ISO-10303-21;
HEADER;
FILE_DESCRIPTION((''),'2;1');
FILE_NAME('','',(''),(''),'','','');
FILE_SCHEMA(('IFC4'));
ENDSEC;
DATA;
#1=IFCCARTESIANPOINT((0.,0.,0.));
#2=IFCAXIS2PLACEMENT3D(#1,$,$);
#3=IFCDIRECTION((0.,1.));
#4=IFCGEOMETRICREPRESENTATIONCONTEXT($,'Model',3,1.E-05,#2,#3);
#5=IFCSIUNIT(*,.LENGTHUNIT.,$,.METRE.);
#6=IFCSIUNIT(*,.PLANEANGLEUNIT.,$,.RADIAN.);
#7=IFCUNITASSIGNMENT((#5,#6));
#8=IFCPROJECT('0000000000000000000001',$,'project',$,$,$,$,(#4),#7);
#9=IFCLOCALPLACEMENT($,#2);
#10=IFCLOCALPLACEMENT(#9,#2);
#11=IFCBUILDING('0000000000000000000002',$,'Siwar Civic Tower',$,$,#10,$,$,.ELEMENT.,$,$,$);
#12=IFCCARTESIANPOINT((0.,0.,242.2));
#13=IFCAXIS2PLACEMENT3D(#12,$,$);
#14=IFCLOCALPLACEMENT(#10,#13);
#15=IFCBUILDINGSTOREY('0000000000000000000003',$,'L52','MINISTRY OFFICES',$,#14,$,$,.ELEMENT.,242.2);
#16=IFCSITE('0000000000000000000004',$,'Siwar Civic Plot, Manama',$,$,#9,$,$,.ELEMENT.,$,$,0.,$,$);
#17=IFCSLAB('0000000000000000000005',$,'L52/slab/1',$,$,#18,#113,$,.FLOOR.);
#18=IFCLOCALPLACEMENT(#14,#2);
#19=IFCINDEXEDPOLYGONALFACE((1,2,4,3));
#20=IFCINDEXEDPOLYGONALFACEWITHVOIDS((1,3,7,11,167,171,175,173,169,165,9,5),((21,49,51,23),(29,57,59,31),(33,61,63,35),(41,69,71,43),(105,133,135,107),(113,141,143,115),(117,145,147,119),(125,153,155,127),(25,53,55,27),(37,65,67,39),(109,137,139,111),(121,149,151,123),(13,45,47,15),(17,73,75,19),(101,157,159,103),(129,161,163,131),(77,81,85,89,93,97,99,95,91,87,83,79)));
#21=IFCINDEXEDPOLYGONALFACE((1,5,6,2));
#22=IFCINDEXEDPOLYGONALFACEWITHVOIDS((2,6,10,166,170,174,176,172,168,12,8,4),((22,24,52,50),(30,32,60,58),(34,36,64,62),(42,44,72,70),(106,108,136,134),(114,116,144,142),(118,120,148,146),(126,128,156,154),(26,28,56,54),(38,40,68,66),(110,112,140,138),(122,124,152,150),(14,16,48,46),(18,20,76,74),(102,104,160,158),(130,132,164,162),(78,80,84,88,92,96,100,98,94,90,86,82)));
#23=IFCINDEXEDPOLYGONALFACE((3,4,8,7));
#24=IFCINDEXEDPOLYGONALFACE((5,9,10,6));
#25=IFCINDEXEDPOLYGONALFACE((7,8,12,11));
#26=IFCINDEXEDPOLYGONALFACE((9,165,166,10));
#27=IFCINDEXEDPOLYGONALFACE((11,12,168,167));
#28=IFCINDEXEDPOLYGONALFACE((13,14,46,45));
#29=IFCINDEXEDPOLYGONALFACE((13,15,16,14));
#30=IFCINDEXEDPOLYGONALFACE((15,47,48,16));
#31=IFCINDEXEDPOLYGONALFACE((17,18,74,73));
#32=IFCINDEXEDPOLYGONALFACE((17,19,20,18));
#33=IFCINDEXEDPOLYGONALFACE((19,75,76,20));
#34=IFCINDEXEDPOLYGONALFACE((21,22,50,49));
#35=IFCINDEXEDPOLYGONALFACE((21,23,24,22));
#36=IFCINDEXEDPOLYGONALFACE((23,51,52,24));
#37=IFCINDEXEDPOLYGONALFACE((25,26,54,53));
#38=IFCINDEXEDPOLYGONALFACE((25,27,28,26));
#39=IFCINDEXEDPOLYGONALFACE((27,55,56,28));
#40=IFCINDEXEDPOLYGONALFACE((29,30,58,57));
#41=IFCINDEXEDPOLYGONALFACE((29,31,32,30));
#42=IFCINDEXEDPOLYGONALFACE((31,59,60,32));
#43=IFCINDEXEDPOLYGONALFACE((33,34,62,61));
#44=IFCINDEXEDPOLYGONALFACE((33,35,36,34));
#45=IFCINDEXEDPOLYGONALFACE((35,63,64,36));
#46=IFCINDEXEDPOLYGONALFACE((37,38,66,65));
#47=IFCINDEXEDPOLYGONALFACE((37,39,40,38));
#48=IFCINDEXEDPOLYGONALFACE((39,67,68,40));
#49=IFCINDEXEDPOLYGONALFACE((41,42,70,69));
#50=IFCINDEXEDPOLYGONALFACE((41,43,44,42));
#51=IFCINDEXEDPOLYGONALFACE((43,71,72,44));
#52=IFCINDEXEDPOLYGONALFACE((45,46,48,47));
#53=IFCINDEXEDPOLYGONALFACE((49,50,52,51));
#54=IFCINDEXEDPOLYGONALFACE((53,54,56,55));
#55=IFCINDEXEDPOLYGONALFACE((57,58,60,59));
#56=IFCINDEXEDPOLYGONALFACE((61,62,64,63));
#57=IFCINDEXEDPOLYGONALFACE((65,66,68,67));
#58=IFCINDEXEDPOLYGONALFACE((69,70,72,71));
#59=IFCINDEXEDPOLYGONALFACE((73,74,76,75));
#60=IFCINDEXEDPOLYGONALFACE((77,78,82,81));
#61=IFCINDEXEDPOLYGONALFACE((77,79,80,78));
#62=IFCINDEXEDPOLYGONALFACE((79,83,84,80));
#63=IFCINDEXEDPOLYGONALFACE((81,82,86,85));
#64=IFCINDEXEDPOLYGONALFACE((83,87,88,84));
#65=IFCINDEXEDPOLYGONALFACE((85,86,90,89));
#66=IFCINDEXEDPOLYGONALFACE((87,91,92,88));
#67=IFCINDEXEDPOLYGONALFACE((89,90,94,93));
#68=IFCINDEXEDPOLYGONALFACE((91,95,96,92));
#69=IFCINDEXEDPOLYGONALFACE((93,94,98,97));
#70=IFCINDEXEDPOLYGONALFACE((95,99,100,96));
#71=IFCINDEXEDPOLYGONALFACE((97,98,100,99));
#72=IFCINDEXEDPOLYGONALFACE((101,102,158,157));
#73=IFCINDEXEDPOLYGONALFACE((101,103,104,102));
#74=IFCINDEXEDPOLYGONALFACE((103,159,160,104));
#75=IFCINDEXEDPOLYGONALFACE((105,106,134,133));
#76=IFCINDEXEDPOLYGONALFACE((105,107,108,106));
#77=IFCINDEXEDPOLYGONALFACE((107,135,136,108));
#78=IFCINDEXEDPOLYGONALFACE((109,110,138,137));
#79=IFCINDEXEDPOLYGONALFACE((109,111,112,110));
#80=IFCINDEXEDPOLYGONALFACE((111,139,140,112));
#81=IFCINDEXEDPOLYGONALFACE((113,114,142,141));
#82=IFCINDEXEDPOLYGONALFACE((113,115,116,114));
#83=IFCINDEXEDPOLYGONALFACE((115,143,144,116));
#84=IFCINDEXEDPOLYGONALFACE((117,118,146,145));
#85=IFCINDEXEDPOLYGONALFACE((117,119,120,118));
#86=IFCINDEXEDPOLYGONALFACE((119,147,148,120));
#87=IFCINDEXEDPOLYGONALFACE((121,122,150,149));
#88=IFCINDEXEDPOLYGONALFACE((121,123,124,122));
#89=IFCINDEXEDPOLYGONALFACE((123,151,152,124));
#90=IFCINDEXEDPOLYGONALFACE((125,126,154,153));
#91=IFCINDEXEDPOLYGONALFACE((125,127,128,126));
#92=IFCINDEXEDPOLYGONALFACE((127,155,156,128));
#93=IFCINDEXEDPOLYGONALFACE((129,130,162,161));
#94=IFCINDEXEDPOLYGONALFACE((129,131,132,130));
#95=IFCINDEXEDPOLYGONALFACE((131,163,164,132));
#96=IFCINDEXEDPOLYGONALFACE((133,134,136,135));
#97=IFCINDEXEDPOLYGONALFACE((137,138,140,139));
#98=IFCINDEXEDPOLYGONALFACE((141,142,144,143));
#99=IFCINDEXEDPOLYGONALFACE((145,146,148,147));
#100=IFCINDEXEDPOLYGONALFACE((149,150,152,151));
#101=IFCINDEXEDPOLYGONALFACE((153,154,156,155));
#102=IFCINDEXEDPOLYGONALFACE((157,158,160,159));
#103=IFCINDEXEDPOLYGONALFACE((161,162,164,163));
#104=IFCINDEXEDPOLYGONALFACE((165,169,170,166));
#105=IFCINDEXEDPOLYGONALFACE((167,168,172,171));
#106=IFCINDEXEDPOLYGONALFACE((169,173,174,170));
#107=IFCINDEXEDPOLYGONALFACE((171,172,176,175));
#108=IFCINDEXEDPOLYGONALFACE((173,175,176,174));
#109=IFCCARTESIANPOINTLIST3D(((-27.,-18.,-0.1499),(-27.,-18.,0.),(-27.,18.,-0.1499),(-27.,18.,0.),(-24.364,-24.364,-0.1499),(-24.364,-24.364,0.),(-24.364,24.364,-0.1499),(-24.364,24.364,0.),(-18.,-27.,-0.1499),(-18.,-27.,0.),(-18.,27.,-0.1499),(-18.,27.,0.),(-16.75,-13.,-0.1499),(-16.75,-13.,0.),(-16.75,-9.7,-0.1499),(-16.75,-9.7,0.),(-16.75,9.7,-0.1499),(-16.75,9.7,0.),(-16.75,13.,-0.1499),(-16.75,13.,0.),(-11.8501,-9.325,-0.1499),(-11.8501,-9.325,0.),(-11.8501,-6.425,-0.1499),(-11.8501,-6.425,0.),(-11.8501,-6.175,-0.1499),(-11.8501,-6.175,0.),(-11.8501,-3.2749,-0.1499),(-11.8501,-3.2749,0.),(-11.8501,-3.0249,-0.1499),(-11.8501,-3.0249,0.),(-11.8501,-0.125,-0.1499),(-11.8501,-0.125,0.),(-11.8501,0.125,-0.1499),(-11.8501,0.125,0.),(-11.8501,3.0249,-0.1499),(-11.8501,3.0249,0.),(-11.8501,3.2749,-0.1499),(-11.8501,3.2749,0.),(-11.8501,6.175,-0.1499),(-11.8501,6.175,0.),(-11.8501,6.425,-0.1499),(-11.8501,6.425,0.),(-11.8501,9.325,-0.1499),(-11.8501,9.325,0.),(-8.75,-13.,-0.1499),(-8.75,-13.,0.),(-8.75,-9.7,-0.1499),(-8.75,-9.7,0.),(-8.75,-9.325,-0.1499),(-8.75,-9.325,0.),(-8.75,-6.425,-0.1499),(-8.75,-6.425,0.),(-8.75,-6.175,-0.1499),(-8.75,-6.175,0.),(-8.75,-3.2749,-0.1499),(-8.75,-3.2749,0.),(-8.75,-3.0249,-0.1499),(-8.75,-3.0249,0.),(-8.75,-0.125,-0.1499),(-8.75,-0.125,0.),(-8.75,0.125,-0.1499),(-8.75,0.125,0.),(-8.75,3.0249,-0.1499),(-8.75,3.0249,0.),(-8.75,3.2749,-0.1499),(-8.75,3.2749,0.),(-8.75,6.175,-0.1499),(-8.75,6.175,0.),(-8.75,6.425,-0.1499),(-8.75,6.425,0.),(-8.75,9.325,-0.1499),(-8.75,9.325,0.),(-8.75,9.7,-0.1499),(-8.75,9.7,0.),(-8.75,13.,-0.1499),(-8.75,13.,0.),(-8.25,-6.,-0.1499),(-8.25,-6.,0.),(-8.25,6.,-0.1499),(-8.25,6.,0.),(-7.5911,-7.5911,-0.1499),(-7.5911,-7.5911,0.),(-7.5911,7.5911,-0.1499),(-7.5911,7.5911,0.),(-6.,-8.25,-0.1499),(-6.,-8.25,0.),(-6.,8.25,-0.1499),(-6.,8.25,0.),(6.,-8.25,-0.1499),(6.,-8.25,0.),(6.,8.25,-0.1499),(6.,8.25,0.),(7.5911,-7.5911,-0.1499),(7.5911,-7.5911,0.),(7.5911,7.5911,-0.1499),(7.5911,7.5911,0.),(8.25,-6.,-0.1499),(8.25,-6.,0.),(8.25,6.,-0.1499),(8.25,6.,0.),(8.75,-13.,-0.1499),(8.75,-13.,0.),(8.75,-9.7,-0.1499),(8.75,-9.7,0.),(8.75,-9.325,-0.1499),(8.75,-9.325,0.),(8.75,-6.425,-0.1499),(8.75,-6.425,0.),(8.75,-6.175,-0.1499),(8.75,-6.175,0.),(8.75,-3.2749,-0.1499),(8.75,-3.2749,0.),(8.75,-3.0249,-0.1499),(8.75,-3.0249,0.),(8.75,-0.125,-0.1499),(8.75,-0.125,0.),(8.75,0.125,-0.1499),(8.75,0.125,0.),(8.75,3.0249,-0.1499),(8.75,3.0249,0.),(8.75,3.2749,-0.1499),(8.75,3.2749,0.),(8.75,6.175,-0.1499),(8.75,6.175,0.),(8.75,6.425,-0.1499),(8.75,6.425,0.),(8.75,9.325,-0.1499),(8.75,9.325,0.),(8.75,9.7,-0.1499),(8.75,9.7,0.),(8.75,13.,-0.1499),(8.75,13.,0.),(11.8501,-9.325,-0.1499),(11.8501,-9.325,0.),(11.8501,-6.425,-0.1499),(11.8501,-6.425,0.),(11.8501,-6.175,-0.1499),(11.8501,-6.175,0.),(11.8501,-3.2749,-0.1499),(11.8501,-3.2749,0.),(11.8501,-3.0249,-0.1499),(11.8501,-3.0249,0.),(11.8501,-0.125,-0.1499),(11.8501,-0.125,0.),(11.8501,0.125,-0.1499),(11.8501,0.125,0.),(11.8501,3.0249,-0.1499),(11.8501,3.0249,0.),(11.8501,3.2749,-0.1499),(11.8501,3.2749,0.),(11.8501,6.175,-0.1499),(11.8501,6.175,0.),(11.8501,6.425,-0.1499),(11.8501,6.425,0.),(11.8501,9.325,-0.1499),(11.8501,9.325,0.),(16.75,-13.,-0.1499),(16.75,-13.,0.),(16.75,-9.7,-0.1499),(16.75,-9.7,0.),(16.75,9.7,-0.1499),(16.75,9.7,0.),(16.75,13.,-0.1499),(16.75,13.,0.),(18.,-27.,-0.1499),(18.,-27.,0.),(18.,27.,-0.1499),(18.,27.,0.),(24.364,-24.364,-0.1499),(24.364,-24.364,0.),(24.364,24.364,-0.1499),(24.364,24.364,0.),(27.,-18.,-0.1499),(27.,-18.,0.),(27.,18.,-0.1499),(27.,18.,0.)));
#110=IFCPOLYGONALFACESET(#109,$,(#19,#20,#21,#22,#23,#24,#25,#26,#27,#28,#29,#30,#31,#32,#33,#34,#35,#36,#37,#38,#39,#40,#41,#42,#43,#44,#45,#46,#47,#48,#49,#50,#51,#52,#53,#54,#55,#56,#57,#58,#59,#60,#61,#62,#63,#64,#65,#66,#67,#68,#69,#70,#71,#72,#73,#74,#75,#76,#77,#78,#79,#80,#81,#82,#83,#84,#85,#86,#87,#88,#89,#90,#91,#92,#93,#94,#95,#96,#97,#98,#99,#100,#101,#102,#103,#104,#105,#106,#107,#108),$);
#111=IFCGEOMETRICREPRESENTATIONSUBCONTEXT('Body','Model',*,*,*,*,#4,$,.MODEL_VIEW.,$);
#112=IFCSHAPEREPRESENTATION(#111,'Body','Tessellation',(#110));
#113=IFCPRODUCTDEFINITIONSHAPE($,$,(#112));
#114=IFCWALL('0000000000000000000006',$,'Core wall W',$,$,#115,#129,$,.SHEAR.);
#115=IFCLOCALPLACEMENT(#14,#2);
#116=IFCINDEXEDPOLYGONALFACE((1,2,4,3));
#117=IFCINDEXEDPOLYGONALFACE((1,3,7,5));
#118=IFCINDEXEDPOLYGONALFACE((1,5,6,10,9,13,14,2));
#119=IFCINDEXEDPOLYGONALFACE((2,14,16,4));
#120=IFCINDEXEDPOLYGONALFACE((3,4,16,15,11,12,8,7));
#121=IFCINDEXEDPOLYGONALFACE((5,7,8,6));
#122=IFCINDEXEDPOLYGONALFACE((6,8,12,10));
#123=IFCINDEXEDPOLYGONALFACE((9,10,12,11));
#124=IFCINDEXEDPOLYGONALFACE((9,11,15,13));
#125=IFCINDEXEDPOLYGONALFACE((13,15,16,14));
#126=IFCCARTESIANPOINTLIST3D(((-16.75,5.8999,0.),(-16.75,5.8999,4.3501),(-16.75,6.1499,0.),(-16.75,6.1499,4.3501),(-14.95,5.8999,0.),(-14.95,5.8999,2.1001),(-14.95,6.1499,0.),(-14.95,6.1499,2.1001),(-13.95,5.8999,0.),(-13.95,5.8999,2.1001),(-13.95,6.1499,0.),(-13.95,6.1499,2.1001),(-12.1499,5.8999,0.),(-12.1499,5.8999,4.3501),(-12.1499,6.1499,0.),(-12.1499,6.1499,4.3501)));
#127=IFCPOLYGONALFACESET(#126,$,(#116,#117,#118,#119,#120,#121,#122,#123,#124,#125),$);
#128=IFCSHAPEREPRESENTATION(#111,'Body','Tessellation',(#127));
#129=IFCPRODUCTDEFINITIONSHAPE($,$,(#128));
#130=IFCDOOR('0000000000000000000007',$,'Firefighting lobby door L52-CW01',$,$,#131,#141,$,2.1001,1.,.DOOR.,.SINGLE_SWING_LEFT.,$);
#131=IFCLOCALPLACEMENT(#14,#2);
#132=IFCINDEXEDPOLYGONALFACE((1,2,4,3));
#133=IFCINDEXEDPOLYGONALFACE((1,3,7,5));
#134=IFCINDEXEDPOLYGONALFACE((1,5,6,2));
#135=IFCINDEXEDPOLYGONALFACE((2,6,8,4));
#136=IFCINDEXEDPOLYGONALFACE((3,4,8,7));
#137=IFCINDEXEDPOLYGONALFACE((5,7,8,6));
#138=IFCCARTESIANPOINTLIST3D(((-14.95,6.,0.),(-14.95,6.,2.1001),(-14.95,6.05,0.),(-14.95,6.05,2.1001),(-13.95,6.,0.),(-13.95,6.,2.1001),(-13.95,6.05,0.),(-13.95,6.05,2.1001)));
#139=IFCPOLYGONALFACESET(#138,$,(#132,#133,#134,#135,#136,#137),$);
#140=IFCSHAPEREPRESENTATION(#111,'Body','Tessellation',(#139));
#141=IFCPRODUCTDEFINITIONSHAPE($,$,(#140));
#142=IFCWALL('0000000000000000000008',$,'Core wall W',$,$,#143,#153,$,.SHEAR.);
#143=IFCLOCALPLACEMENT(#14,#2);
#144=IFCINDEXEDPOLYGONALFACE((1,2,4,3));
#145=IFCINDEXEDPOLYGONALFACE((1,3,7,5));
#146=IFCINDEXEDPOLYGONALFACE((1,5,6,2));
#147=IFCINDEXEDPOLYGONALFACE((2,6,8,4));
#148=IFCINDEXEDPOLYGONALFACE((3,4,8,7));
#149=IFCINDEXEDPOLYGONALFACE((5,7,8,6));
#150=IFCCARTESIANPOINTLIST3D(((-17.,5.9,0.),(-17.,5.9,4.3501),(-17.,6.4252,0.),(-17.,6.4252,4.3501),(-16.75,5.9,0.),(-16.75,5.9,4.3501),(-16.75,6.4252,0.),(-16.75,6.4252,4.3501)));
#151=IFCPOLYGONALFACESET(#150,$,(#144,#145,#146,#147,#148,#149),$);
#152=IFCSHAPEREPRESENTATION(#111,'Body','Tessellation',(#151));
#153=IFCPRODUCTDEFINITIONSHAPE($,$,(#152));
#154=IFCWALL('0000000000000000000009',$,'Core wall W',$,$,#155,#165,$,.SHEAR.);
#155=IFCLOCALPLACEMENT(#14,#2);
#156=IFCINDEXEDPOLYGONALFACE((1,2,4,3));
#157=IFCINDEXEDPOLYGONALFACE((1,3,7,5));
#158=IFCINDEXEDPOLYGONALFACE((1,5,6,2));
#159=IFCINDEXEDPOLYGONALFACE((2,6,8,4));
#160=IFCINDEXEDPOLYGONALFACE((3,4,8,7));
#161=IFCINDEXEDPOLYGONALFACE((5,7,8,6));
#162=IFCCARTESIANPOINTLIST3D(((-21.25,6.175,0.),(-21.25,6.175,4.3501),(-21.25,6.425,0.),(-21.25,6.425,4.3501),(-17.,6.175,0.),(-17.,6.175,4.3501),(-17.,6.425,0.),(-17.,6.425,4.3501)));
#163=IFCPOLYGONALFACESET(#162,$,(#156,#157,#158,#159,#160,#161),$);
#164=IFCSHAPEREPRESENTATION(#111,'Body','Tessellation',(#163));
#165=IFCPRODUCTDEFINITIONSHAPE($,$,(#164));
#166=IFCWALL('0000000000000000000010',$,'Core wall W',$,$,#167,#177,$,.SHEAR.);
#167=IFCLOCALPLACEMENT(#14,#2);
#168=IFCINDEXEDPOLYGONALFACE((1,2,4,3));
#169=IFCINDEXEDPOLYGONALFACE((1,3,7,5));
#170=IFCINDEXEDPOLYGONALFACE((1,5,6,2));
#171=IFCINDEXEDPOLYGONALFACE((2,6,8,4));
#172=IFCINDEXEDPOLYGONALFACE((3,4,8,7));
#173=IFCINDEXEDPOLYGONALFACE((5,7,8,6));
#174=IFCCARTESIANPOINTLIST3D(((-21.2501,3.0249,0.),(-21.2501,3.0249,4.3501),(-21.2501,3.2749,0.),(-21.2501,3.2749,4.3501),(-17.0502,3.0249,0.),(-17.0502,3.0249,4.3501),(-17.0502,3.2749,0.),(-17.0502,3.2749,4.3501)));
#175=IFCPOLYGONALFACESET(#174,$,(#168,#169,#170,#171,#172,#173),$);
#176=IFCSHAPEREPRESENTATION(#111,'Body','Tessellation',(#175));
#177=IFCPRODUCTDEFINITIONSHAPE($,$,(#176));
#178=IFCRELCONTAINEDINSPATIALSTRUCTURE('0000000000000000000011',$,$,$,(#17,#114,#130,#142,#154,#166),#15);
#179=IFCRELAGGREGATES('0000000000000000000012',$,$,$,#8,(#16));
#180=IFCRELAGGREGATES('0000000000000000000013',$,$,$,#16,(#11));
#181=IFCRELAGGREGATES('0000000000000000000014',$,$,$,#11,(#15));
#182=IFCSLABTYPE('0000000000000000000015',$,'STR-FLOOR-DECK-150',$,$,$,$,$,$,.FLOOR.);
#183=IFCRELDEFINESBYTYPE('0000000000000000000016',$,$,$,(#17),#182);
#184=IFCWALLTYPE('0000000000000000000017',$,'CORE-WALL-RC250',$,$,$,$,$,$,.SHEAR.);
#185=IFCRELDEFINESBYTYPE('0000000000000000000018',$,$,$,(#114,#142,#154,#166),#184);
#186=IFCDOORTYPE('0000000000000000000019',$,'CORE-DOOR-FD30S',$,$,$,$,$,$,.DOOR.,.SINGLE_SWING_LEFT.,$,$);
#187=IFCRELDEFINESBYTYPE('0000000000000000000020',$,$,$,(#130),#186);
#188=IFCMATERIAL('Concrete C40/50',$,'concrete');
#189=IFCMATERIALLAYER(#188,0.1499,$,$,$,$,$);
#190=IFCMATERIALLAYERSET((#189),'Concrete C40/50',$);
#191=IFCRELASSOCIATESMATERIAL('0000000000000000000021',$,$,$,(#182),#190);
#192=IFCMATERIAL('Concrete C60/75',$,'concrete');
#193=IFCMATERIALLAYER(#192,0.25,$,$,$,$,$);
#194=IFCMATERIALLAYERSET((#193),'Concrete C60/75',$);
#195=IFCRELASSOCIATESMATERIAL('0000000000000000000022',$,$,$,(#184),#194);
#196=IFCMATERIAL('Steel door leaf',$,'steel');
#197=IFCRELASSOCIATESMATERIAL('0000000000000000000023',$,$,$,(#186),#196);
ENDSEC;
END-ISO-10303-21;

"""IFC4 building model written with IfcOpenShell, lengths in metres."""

from ifc_helpers import new_model, si_unit, direction, frame, frame_2d, origin, place, context, subcontext, project, spatial, polyline, rectangle, outline, extrude, material, layer, layer_set, type_object, element, fill, save


model = new_model("IFC4")

# Units and contexts
model_context = context("Model", 3, precision=1e-05, world=origin(), true_north=direction((0.0, 1.0)))
body_context = subcontext(model_context, "Body", "Model", "MODEL_VIEW")
ifc_project = project(units=[si_unit("LENGTHUNIT", "METRE"), si_unit("PLANEANGLEUNIT", "RADIAN")], contexts=[model_context])

# Site, building, storey
site_placement = place(None, origin())
site = spatial("IfcSite", under=ifc_project, at=site_placement, Name="Siwar Civic Plot, Manama", CompositionType="ELEMENT", RefElevation=0.0)
building_placement = place(site_placement, origin())
building = spatial("IfcBuilding", under=site, at=building_placement, Name="Siwar Civic Tower", CompositionType="ELEMENT")
storey_placement = place(building_placement, frame((0.0, 0.0, 242.2)))
storey = spatial("IfcBuildingStorey", under=building, at=storey_placement, Name="L52", Description="MINISTRY OFFICES", CompositionType="ELEMENT", Elevation=242.2)

# Slab
ifc_material_1 = material(Name="Concrete C40/50", Category="concrete")
ifc_layer_1 = layer(ifc_material_1, 0.1499)
ifc_layer_set_1 = layer_set([ifc_layer_1], Name="Concrete C40/50")
slab_type_1 = type_object("IfcSlabType", Name="STR-FLOOR-DECK-150", PredefinedType="FLOOR", material=ifc_layer_set_1)
slab_1_placement = place(storey_placement, frame((0.0, 0.0, -0.1499)))
element("IfcSlab", 1, at=slab_1_placement, inside=storey, type_object=slab_type_1, Name="L52/slab/1", PredefinedType="FLOOR", context=body_context, shape_type="SweptSolid", body=[
    extrude(outline(polyline([(-18.0, -27.0), (18.0, -27.0), (24.364, -24.364), (27.0, -18.0), (27.0, 18.0), (24.364, 24.364), (18.0, 27.0), (-18.0, 27.0), (-24.364, 24.364), (-27.0, 18.0), (-27.0, -18.0), (-24.364, -24.364), (-18.0, -27.0)]), holes=[polyline([(16.75, 13.0), (16.75, 9.7), (8.75, 9.7), (8.75, 13.0), (16.75, 13.0)]), polyline([(8.75, -9.7), (16.75, -9.7), (16.75, -13.0), (8.75, -13.0), (8.75, -9.7)]), polyline([(11.8501, 9.325), (11.8501, 6.425), (8.75, 6.425), (8.75, 9.325), (11.8501, 9.325)]), polyline([(8.75, 6.175), (11.8501, 6.175), (11.8501, 3.2749), (8.75, 3.2749), (8.75, 6.175)]), polyline([(8.75, 3.0249), (11.8501, 3.0249), (11.8501, 0.125), (8.75, 0.125), (8.75, 3.0249)]), polyline([(8.75, -0.125), (11.8501, -0.125), (11.8501, -3.0249), (8.75, -3.0249), (8.75, -0.125)]), polyline([(8.75, -3.2749), (11.8501, -3.2749), (11.8501, -6.175), (8.75, -6.175), (8.75, -3.2749)]), polyline([(8.75, -6.425), (11.8501, -6.425), (11.8501, -9.325), (8.75, -9.325), (8.75, -6.425)]), polyline([(-6.0, 8.25), (6.0, 8.25), (7.5911, 7.5911), (8.25, 6.0), (8.25, -6.0), (7.5911, -7.5911), (6.0, -8.25), (-6.0, -8.25), (-7.5911, -7.5911), (-8.25, -6.0), (-8.25, 6.0), (-7.5911, 7.5911), (-6.0, 8.25)]), polyline([(-8.75, -13.0), (-16.75, -13.0), (-16.75, -9.7), (-8.75, -9.7), (-8.75, -13.0)]), polyline([(-8.75, 9.7), (-16.75, 9.7), (-16.75, 13.0), (-8.75, 13.0), (-8.75, 9.7)]), polyline([(-8.75, 6.425), (-11.8501, 6.425), (-11.8501, 9.325), (-8.75, 9.325), (-8.75, 6.425)]), polyline([(-8.75, 3.2749), (-11.8501, 3.2749), (-11.8501, 6.175), (-8.75, 6.175), (-8.75, 3.2749)]), polyline([(-8.75, 0.125), (-11.8501, 0.125), (-11.8501, 3.0249), (-8.75, 3.0249), (-8.75, 0.125)]), polyline([(-8.75, -3.0249), (-11.8501, -3.0249), (-11.8501, -0.125), (-8.75, -0.125), (-8.75, -3.0249)]), polyline([(-8.75, -6.175), (-11.8501, -6.175), (-11.8501, -3.2749), (-8.75, -3.2749), (-8.75, -6.175)]), polyline([(-8.75, -9.325), (-11.8501, -9.325), (-11.8501, -6.425), (-8.75, -6.425), (-8.75, -9.325)])]), origin(), (0.0, 0.0, 1.0), 0.1499),
])

# Wall, opening, door
ifc_material_2 = material(Name="Concrete C60/75", Category="concrete")
ifc_layer_2 = layer(ifc_material_2, 0.25)
ifc_layer_set_2 = layer_set([ifc_layer_2], Name="Concrete C60/75")
wall_type_1 = type_object("IfcWallType", Name="CORE-WALL-RC250", PredefinedType="SHEAR", material=ifc_layer_set_2)
wall_1_placement = place(storey_placement, frame((-12.1499, 6.0249, 0.0), z_axis=(0.0, 0.0, 1.0), x_axis=(-1.0, 0.0, 0.0)))
wall_1 = element("IfcWall", 2, at=wall_1_placement, inside=storey, type_object=wall_type_1, Name="Core wall W", PredefinedType="SHEAR", context=body_context, shape_type="SweptSolid", body=[
    extrude(rectangle(XDim=4.6001, YDim=0.25, at=frame_2d((2.3, 0.0))), origin(), (0.0, 0.0, 1.0), 4.3501),
])
opening_placement = place(wall_1_placement, frame((1.8, 0.0, 0.0)))
opening = element("IfcOpeningElement", 3, at=opening_placement, cuts=wall_1, PredefinedType="OPENING", context=body_context, shape_type="SweptSolid", body=[
    extrude(rectangle(XDim=1.0, YDim=2.1001, at=frame_2d((0.5, 1.05))), frame((0.0, 0.135, 0.0), z_axis=(0.0, -1.0, 0.0), x_axis=(1.0, 0.0, 0.0)), (0.0, 0.0, 1.0), 0.27),
])
ifc_material_3 = material(Name="Steel door leaf", Category="steel")
door_type = type_object("IfcDoorType", Name="CORE-DOOR-FD30S", OperationType="SINGLE_SWING_LEFT", PredefinedType="DOOR", material=ifc_material_3)
door_placement = place(opening_placement, origin())
door = element("IfcDoor", 4, at=door_placement, inside=storey, type_object=door_type, Name="Firefighting lobby door L52-CW01", OperationType="SINGLE_SWING_LEFT", OverallHeight=2.1001, OverallWidth=1.0, PredefinedType="DOOR", context=body_context, shape_type="SweptSolid", body=[
    extrude(rectangle(XDim=1.0, YDim=2.1001, at=frame_2d((0.5, 1.05))), frame((0.0, 0.0249, 0.0), z_axis=(0.0, -1.0, 0.0), x_axis=(1.0, 0.0, 0.0)), (0.0, 0.0, 1.0), 0.05),
])
fill(opening, door)

# Walls
wall_2_placement = place(storey_placement, frame((-16.875, 5.8999, 0.0), z_axis=(0.0, 0.0, 1.0), x_axis=(0.0, 1.0, 0.0)))
element("IfcWall", 5, at=wall_2_placement, inside=storey, type_object=wall_type_1, Name="Core wall W", PredefinedType="SHEAR", context=body_context, shape_type="SweptSolid", body=[
    extrude(rectangle(XDim=0.5251, YDim=0.25, at=frame_2d((0.2627, 0.0))), origin(), (0.0, 0.0, 1.0), 4.3501),
])
wall_3_placement = place(storey_placement, frame((-17.0, 6.3, 0.0), z_axis=(0.0, 0.0, 1.0), x_axis=(-1.0, 0.0, 0.0)))
element("IfcWall", 6, at=wall_3_placement, inside=storey, type_object=wall_type_1, Name="Core wall W", PredefinedType="SHEAR", context=body_context, shape_type="SweptSolid", body=[
    extrude(rectangle(XDim=4.25, YDim=0.25, at=frame_2d((2.125, 0.0))), origin(), (0.0, 0.0, 1.0), 4.3501),
])
wall_4_placement = place(storey_placement, frame((-17.05, 3.1499, 0.0), z_axis=(0.0, 0.0, 1.0), x_axis=(-1.0, 0.0, 0.0)))
element("IfcWall", 7, at=wall_4_placement, inside=storey, type_object=wall_type_1, Name="Core wall W", PredefinedType="SHEAR", context=body_context, shape_type="SweptSolid", body=[
    extrude(rectangle(XDim=4.2, YDim=0.25, at=frame_2d((2.1001, 0.0))), origin(), (0.0, 0.0, 1.0), 4.3501),
])

save(model, "model.ifc")
